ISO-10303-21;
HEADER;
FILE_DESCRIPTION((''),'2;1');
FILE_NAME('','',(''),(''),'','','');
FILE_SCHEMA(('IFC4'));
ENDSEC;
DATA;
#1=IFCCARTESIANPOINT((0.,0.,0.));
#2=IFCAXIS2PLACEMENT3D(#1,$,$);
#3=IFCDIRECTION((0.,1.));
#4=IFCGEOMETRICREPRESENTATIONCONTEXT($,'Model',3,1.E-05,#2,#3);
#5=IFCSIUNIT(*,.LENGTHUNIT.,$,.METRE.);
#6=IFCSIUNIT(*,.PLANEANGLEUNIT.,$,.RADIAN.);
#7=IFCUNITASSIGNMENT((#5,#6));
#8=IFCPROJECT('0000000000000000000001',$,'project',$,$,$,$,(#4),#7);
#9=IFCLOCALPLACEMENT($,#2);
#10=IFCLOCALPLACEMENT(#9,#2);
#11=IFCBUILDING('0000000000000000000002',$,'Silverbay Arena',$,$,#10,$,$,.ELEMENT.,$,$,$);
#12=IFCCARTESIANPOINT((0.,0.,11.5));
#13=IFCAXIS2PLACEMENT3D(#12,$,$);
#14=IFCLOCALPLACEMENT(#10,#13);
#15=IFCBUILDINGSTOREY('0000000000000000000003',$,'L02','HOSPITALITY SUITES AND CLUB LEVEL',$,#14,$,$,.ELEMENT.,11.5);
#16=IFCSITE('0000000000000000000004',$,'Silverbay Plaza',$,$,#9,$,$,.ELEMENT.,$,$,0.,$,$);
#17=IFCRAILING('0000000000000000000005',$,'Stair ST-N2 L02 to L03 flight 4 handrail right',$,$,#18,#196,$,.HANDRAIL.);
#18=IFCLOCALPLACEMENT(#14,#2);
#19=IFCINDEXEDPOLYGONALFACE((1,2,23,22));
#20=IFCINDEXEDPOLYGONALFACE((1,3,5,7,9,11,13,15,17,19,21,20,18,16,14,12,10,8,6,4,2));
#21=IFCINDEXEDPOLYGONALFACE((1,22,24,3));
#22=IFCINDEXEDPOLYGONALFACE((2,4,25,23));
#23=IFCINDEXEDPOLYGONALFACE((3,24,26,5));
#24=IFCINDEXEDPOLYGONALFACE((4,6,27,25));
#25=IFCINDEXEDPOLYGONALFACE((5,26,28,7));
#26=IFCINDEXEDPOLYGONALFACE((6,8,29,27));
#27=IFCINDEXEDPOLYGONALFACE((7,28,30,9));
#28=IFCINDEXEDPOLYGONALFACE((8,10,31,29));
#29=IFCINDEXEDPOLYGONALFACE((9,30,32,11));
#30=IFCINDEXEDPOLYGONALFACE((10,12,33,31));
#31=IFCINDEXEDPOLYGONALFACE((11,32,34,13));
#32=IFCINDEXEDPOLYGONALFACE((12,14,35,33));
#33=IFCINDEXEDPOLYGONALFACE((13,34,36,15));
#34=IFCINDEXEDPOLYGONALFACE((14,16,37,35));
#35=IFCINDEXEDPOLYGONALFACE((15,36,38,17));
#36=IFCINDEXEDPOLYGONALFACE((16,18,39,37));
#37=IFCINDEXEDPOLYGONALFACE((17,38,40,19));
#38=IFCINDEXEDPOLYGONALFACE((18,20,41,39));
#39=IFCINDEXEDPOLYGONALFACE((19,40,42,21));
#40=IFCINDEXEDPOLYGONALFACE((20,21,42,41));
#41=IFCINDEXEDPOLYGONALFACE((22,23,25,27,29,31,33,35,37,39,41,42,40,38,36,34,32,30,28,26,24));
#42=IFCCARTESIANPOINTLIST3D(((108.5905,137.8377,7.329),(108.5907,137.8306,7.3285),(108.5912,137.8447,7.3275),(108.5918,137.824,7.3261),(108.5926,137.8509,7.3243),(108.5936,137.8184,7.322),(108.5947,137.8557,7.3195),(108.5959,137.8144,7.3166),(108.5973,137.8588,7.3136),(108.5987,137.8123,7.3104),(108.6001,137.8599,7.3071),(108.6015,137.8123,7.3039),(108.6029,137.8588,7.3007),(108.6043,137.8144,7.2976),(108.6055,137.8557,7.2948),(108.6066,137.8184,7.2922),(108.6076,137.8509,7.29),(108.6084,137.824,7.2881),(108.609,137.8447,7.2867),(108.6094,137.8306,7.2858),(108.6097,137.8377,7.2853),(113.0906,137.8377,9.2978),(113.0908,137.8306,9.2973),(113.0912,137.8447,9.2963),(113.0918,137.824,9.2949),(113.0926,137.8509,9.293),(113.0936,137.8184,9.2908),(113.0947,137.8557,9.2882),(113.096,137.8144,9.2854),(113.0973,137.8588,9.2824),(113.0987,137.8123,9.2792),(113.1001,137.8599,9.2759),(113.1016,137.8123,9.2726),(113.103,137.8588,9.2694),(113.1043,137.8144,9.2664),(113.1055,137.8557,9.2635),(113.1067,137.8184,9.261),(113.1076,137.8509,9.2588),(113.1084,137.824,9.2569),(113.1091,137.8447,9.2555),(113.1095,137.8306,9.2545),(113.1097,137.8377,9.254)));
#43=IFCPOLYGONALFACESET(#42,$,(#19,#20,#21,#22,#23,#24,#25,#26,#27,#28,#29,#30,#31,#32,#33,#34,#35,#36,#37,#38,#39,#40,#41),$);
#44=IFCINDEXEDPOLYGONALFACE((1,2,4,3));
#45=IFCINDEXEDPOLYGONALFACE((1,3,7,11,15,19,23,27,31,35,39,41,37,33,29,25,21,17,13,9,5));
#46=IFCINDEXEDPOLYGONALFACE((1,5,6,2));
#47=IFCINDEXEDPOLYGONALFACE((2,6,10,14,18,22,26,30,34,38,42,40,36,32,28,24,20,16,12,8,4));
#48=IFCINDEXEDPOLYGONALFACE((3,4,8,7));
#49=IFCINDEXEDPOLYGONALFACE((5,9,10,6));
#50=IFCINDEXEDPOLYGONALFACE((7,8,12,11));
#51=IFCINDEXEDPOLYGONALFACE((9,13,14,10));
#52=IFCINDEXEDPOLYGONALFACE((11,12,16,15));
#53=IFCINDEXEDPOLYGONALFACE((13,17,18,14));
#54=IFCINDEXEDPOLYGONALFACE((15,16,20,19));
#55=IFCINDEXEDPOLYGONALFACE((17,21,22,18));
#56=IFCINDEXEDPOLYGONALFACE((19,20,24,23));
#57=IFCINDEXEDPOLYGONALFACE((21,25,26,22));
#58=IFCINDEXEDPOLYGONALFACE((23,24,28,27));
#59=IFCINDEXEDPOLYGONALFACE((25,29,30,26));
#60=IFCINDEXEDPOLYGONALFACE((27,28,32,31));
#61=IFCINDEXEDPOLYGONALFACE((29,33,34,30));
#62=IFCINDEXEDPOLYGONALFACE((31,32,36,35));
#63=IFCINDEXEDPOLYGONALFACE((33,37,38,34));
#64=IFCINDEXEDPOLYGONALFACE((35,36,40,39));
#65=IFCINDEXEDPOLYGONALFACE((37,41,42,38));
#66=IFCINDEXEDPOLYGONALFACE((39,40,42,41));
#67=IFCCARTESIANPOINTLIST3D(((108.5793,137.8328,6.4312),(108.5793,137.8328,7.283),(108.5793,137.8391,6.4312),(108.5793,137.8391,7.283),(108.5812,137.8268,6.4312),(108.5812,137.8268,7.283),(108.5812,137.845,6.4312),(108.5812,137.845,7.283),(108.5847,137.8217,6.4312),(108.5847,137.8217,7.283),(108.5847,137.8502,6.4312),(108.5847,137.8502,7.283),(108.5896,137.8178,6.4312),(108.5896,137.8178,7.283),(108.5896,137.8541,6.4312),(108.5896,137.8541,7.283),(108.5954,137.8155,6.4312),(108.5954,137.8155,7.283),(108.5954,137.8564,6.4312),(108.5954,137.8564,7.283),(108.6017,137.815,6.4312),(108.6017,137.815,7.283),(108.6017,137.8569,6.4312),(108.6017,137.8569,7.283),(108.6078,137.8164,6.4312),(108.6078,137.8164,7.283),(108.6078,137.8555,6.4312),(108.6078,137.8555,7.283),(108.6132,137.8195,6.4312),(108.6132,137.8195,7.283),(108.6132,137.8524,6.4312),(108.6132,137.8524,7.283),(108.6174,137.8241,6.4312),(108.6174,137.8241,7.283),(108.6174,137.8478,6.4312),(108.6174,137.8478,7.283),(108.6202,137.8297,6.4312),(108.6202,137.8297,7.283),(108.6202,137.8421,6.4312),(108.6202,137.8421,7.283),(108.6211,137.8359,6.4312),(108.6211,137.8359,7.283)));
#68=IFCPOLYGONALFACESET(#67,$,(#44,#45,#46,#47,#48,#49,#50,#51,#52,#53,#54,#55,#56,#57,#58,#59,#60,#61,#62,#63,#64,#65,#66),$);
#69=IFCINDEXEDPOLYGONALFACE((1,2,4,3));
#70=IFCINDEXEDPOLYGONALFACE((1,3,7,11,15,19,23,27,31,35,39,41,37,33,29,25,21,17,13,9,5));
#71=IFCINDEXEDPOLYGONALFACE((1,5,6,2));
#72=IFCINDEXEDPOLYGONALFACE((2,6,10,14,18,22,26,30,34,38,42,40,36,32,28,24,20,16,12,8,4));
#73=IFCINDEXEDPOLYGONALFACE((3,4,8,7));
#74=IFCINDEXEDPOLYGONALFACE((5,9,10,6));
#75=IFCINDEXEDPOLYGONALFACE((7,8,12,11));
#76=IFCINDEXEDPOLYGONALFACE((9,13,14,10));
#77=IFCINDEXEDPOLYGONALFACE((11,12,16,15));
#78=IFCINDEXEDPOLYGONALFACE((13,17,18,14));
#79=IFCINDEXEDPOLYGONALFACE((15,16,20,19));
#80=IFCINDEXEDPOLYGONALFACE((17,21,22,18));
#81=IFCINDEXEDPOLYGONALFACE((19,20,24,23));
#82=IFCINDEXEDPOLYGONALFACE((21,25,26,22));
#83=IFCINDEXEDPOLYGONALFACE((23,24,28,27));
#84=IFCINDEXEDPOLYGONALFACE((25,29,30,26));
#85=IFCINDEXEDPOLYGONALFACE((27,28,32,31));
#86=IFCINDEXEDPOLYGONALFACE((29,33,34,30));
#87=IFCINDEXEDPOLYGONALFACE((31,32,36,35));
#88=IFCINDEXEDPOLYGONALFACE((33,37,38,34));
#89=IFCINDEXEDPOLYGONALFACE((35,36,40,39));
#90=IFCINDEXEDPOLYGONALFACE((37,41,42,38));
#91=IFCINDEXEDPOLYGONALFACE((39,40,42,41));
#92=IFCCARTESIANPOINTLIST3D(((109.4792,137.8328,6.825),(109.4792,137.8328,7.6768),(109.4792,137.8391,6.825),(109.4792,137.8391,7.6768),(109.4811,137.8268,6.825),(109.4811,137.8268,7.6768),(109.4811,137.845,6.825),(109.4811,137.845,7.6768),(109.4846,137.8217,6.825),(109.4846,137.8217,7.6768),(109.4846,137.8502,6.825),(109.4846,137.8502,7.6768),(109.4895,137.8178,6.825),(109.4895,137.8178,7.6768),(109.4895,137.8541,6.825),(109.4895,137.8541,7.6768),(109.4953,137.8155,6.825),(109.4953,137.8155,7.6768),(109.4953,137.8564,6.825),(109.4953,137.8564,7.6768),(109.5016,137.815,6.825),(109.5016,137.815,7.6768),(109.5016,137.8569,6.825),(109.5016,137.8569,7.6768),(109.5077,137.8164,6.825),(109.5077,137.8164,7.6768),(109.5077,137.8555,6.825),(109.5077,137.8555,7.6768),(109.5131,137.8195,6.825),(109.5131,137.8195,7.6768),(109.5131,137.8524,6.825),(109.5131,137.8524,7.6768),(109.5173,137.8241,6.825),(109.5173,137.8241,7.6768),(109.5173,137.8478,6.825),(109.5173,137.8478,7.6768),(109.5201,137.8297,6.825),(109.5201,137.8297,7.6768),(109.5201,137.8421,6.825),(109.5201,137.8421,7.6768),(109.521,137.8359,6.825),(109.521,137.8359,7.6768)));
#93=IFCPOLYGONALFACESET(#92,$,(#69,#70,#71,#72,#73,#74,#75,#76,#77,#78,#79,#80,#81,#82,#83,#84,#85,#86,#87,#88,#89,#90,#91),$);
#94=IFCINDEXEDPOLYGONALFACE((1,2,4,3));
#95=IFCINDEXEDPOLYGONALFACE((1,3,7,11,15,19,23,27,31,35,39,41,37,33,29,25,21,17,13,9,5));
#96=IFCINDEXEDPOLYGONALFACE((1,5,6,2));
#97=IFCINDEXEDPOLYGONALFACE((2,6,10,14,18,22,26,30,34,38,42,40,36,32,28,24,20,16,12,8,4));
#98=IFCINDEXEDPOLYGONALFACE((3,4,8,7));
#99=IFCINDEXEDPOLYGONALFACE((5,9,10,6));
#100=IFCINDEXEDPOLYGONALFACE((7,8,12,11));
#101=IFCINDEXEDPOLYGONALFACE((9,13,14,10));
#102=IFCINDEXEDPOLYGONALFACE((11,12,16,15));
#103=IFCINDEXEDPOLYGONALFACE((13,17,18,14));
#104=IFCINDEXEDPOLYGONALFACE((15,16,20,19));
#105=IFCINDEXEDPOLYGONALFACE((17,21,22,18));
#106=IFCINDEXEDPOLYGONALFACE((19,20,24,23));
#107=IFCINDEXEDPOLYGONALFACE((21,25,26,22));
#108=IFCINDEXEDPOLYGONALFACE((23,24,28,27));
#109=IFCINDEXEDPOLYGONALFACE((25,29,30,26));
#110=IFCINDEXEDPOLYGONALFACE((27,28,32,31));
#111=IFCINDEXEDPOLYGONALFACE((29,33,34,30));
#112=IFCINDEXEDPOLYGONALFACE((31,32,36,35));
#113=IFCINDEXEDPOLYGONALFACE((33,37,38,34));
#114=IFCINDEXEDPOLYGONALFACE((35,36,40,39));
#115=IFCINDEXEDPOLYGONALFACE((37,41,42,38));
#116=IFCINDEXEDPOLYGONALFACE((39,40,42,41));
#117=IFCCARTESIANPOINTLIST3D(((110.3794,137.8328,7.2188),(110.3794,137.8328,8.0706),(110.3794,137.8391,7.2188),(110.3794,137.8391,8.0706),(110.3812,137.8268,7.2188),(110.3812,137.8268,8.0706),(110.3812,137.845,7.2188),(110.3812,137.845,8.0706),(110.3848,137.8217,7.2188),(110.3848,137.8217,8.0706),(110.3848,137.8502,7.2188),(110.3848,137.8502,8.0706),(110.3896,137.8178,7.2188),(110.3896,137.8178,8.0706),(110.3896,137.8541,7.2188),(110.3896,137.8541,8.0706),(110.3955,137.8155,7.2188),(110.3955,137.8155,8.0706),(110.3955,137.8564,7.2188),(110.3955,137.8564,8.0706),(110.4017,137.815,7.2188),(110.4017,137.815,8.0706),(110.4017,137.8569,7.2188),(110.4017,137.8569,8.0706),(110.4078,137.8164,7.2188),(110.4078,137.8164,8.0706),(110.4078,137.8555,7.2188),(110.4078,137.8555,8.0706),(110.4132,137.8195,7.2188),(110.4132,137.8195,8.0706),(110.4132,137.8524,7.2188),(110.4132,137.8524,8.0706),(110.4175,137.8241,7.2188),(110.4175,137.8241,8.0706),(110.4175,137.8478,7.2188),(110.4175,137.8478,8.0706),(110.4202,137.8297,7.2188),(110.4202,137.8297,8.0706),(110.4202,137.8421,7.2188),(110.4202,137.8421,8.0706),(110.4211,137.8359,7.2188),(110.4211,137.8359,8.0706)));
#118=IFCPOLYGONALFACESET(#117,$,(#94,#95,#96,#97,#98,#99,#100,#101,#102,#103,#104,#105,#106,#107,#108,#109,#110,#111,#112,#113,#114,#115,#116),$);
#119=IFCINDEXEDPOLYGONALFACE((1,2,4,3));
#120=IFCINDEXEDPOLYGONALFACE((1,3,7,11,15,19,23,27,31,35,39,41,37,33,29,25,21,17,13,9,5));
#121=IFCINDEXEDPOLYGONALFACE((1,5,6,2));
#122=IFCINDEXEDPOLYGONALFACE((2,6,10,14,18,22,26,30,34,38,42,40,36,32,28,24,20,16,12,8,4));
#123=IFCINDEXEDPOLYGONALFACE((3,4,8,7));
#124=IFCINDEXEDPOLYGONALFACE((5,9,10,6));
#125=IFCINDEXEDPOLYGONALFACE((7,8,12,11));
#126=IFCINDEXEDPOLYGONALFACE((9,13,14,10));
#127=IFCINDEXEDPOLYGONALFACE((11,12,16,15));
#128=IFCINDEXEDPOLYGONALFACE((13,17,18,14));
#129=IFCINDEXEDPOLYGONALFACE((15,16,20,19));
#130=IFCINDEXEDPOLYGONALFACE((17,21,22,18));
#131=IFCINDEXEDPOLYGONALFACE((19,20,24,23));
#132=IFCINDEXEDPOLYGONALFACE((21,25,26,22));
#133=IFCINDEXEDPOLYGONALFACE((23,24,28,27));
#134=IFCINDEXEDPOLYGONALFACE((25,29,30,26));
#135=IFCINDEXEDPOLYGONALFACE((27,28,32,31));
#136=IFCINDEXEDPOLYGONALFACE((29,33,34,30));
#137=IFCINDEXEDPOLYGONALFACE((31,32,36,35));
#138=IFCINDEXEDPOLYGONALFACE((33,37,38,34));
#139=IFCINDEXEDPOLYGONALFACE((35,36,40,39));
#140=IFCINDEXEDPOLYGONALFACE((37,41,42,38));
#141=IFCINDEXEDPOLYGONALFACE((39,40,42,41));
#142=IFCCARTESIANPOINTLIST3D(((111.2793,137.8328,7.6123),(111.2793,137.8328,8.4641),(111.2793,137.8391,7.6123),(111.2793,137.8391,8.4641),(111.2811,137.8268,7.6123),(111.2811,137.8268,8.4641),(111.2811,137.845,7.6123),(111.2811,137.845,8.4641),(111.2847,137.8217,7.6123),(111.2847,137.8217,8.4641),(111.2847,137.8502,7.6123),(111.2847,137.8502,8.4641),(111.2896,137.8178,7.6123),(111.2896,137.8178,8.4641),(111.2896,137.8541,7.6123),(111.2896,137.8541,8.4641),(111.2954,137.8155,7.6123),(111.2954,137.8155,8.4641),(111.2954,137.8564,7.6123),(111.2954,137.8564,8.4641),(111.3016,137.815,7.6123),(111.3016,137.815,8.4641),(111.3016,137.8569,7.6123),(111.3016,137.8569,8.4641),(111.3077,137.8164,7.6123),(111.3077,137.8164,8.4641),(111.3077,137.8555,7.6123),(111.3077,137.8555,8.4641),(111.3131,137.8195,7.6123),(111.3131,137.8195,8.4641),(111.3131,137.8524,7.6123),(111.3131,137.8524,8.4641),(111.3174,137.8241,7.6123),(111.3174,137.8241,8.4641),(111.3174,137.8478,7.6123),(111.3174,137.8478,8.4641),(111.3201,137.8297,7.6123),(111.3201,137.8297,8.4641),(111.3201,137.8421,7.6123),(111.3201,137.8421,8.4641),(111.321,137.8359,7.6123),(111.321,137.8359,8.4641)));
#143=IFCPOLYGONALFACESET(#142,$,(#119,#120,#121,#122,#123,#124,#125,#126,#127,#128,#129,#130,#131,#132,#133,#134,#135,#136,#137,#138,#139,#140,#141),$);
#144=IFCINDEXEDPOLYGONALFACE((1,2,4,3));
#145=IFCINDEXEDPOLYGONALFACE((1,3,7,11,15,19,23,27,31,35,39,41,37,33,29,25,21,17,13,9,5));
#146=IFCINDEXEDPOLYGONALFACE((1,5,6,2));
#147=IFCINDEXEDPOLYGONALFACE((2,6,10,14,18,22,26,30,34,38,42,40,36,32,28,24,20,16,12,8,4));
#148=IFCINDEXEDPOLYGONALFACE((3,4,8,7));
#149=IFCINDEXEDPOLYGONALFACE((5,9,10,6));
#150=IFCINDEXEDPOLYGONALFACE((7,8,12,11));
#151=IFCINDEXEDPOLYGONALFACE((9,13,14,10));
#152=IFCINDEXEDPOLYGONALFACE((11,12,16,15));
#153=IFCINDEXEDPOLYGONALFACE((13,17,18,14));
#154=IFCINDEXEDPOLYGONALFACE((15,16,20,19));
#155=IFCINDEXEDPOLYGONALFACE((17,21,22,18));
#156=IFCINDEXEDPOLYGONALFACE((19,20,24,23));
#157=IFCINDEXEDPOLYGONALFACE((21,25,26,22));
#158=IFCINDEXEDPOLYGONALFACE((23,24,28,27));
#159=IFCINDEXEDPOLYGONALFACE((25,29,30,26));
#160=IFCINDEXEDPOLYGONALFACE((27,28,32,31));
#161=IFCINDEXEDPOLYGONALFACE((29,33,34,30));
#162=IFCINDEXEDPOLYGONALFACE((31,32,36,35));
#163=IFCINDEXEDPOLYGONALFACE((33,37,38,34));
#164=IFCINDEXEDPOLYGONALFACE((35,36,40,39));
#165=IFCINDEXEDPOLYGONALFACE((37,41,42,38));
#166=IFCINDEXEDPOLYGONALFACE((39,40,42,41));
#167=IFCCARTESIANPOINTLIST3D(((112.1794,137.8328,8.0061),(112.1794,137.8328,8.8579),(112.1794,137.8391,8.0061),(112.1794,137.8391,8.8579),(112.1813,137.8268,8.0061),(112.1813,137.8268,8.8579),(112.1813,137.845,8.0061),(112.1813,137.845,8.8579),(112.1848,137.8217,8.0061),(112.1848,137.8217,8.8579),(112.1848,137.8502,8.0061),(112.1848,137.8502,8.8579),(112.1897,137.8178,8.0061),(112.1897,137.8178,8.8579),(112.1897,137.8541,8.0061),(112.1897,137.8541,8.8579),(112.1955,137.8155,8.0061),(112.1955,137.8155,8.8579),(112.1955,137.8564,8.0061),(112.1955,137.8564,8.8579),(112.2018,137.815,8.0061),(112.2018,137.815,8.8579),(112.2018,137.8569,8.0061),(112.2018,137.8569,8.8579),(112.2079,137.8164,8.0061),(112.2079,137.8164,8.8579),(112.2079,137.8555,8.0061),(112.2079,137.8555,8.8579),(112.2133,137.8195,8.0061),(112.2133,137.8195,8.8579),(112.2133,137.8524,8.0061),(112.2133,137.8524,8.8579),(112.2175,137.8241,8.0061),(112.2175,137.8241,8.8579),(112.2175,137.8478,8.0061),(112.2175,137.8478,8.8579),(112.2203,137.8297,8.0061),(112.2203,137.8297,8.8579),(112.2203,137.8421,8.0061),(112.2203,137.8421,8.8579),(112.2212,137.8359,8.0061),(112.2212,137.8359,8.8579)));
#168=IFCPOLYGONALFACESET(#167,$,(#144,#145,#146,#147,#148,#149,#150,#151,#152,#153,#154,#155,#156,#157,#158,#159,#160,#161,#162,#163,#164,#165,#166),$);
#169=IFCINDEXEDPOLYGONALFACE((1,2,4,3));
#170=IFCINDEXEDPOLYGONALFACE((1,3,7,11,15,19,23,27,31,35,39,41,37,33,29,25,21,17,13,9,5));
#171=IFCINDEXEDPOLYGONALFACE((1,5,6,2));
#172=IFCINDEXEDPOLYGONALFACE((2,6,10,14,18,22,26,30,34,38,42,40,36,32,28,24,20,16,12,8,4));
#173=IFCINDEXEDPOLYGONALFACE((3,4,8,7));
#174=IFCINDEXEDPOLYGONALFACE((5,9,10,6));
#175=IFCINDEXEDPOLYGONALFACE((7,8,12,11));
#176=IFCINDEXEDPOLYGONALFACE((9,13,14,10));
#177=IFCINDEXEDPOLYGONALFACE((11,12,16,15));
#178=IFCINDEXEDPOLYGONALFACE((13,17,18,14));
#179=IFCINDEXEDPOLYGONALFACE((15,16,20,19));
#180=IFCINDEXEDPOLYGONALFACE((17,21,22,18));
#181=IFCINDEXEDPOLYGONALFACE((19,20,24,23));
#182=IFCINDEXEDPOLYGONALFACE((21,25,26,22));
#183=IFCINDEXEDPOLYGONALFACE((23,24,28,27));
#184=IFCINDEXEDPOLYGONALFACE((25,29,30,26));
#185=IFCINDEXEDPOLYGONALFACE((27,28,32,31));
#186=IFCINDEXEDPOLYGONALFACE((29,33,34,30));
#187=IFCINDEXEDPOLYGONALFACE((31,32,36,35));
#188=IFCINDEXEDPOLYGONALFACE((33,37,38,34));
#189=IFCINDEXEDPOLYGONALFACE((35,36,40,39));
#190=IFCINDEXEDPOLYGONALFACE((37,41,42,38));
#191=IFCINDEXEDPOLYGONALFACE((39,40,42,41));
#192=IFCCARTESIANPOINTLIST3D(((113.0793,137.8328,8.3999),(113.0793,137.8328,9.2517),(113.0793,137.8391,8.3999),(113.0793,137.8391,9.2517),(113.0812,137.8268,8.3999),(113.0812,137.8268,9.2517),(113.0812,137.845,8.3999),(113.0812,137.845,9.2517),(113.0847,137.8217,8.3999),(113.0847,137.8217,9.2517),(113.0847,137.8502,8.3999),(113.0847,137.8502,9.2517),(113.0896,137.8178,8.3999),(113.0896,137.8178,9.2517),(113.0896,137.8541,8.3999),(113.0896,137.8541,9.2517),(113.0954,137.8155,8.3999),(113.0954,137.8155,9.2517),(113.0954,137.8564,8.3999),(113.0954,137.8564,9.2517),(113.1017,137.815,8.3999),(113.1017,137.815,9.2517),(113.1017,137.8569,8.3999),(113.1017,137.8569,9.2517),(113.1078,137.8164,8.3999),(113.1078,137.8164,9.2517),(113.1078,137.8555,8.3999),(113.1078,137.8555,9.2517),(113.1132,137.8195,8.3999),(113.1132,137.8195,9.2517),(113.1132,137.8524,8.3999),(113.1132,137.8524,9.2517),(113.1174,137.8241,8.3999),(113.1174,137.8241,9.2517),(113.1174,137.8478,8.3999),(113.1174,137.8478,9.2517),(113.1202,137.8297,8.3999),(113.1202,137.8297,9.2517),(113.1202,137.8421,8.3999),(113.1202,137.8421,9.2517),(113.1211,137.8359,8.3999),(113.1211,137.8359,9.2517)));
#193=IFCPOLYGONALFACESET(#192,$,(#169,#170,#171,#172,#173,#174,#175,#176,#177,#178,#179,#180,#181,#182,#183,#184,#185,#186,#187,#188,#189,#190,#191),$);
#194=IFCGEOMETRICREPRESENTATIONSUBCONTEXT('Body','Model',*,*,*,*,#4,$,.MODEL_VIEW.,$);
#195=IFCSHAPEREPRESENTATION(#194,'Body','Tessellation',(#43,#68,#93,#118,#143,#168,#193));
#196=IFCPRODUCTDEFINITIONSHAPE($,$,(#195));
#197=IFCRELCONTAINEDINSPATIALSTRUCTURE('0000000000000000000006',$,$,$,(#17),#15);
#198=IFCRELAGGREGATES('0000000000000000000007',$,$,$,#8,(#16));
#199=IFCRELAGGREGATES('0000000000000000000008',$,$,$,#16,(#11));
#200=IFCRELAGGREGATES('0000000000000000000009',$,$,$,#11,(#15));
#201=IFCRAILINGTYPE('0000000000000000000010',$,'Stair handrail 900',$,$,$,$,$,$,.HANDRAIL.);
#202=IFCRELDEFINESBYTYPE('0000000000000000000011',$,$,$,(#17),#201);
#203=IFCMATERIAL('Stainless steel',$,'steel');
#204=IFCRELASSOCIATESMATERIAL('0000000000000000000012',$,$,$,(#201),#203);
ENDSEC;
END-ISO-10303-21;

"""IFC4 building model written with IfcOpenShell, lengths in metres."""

from ifc_helpers import new_model, si_unit, direction, frame, origin, origin_2d, place, context, subcontext, project, spatial, circle, extrude, material, type_object, element, save


model = new_model("IFC4")

# Units and contexts
model_context = context("Model", 3, precision=1e-05, world=origin(), true_north=direction((0.0, 1.0)))
body_context = subcontext(model_context, "Body", "Model", "MODEL_VIEW")
ifc_project = project(units=[si_unit("LENGTHUNIT", "METRE"), si_unit("PLANEANGLEUNIT", "RADIAN")], contexts=[model_context])

# Site, building, storey
site_placement = place(None, origin())
site = spatial("IfcSite", under=ifc_project, at=site_placement, Name="Silverbay Plaza", CompositionType="ELEMENT", RefElevation=0.0)
building_placement = place(site_placement, origin())
building = spatial("IfcBuilding", under=site, at=building_placement, Name="Silverbay Arena", CompositionType="ELEMENT")
storey_placement = place(building_placement, frame((0.0, 0.0, 11.5)))
storey = spatial("IfcBuildingStorey", under=building, at=storey_placement, Name="L02", Description="HOSPITALITY SUITES AND CLUB LEVEL", CompositionType="ELEMENT", Elevation=11.5)

# Railing
ifc_material_1 = material(Name="Stainless steel", Category="steel")
railing_type_1 = type_object("IfcRailingType", Name="Stair handrail 900", PredefinedType="HANDRAIL", material=ifc_material_1)
for number, where, name in (
    (1, (108.6001, 137.8359, 6.4312), "Stair ST-N2 L02 to L03 flight 4 handrail right"),
):
    element("IfcRailing", number, at=place(storey_placement, frame(where)), inside=storey, type_object=railing_type_1, Name=name, PredefinedType="HANDRAIL", context=body_context, shape_type="SweptSolid", body=[
        extrude(circle(Radius=0.0239, at=origin_2d()), frame((0.0, 0.0, 0.876), z_axis=(0.916157, 0.0, 0.400819), x_axis=(0.0, 1.0, 0.0)), (0.0, 0.0, 1.0), 4.9119),
        extrude(circle(Radius=0.021, at=origin_2d()), origin(), (0.0, 0.0, 1.0), 0.8518),
        extrude(circle(Radius=0.021, at=origin_2d()), frame((0.8999, 0.0, 0.3938)), (0.0, 0.0, 1.0), 0.8518),
        extrude(circle(Radius=0.021, at=origin_2d()), frame((1.8, 0.0, 0.7876)), (0.0, 0.0, 1.0), 0.8518),
        extrude(circle(Radius=0.021, at=origin_2d()), frame((2.7, 0.0, 1.1812)), (0.0, 0.0, 1.0), 0.8518),
        extrude(circle(Radius=0.021, at=origin_2d()), frame((3.6001, 0.0, 1.575)), (0.0, 0.0, 1.0), 0.8518),
        extrude(circle(Radius=0.021, at=origin_2d()), frame((4.5, 0.0, 1.9688)), (0.0, 0.0, 1.0), 0.8518),
    ])

save(model, "model.ifc")
